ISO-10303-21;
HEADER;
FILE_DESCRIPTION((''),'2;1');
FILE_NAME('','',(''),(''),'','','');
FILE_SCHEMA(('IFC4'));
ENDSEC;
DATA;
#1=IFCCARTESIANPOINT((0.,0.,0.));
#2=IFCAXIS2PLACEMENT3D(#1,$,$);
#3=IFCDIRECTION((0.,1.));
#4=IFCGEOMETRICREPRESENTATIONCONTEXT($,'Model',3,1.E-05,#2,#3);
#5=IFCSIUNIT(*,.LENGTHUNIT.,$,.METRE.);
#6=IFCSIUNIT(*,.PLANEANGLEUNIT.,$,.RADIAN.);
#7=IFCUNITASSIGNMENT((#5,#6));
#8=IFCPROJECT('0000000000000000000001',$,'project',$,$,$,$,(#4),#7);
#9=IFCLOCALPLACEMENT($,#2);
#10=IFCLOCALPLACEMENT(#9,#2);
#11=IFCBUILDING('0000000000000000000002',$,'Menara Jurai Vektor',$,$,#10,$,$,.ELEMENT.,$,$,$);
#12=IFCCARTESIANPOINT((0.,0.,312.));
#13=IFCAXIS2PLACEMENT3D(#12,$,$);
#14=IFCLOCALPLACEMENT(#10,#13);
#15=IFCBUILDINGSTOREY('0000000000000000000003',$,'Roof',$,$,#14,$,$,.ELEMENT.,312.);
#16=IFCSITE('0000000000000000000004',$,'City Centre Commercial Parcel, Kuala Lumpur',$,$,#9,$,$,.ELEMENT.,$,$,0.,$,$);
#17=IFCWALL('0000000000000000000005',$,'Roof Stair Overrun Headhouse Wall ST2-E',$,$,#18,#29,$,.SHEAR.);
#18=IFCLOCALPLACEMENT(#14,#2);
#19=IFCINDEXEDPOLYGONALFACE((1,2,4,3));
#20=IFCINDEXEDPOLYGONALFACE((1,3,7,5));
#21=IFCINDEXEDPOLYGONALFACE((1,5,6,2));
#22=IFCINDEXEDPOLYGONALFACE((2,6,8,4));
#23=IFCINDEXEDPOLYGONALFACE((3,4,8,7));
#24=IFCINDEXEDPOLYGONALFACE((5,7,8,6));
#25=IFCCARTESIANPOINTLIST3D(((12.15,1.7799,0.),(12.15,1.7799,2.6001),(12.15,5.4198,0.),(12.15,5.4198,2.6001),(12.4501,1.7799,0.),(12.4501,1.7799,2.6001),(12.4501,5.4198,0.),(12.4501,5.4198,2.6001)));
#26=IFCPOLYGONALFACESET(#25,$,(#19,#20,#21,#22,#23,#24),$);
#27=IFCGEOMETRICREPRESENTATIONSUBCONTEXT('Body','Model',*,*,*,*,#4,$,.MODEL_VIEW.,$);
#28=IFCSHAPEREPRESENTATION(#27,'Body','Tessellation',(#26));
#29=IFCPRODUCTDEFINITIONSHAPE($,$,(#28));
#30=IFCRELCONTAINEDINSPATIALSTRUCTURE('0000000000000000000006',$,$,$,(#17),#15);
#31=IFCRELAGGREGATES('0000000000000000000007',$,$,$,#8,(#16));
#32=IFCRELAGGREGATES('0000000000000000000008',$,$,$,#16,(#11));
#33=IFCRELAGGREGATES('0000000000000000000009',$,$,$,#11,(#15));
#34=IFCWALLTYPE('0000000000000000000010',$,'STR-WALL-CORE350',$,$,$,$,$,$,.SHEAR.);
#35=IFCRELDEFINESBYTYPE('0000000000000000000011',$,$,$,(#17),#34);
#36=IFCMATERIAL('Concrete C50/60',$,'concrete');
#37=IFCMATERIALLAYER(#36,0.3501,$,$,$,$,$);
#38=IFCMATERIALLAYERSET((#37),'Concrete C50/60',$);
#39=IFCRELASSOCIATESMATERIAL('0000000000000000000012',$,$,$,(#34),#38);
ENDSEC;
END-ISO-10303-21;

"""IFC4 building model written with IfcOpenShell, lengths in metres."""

from ifc_helpers import new_model, si_unit, direction, frame, frame_2d, origin, place, context, subcontext, project, spatial, rectangle, extrude, material, layer, layer_set, type_object, element, save


model = new_model("IFC4")

# Units and contexts
model_context = context("Model", 3, precision=1e-05, world=origin(), true_north=direction((0.0, 1.0)))
body_context = subcontext(model_context, "Body", "Model", "MODEL_VIEW")
ifc_project = project(units=[si_unit("LENGTHUNIT", "METRE"), si_unit("PLANEANGLEUNIT", "RADIAN")], contexts=[model_context])

# Site, building, storey
site_placement = place(None, origin())
site = spatial("IfcSite", under=ifc_project, at=site_placement, Name="City Centre Commercial Parcel, Kuala Lumpur", CompositionType="ELEMENT", RefElevation=0.0)
building_placement = place(site_placement, origin())
building = spatial("IfcBuilding", under=site, at=building_placement, Name="Menara Jurai Vektor", CompositionType="ELEMENT")
storey_placement = place(building_placement, frame((0.0, 0.0, 312.0)))
storey = spatial("IfcBuildingStorey", under=building, at=storey_placement, Name="Roof", CompositionType="ELEMENT", Elevation=312.0)

# Wall
ifc_material_1 = material(Name="Concrete C50/60", Category="concrete")
ifc_layer_1 = layer(ifc_material_1, 0.3501)
ifc_layer_set_1 = layer_set([ifc_layer_1], Name="Concrete C50/60")
wall_type_1 = type_object("IfcWallType", Name="STR-WALL-CORE350", PredefinedType="SHEAR", material=ifc_layer_set_1)
for number, where, z_axis, x_axis, name in (
    (1, (12.3, 1.78, 0.0), (0.0, 0.0, 1.0), (0.0, 1.0, 0.0), "Roof Stair Overrun Headhouse Wall ST2-E"),
):
    element("IfcWall", number, at=place(storey_placement, frame(where, z_axis=z_axis, x_axis=x_axis)), inside=storey, type_object=wall_type_1, Name=name, PredefinedType="SHEAR", context=body_context, shape_type="SweptSolid", body=[
        extrude(rectangle(XDim=3.6399, YDim=0.3, at=frame_2d((1.8198, 0.0))), origin(), (0.0, 0.0, 1.0), 2.6001),
    ])

save(model, "model.ifc")
